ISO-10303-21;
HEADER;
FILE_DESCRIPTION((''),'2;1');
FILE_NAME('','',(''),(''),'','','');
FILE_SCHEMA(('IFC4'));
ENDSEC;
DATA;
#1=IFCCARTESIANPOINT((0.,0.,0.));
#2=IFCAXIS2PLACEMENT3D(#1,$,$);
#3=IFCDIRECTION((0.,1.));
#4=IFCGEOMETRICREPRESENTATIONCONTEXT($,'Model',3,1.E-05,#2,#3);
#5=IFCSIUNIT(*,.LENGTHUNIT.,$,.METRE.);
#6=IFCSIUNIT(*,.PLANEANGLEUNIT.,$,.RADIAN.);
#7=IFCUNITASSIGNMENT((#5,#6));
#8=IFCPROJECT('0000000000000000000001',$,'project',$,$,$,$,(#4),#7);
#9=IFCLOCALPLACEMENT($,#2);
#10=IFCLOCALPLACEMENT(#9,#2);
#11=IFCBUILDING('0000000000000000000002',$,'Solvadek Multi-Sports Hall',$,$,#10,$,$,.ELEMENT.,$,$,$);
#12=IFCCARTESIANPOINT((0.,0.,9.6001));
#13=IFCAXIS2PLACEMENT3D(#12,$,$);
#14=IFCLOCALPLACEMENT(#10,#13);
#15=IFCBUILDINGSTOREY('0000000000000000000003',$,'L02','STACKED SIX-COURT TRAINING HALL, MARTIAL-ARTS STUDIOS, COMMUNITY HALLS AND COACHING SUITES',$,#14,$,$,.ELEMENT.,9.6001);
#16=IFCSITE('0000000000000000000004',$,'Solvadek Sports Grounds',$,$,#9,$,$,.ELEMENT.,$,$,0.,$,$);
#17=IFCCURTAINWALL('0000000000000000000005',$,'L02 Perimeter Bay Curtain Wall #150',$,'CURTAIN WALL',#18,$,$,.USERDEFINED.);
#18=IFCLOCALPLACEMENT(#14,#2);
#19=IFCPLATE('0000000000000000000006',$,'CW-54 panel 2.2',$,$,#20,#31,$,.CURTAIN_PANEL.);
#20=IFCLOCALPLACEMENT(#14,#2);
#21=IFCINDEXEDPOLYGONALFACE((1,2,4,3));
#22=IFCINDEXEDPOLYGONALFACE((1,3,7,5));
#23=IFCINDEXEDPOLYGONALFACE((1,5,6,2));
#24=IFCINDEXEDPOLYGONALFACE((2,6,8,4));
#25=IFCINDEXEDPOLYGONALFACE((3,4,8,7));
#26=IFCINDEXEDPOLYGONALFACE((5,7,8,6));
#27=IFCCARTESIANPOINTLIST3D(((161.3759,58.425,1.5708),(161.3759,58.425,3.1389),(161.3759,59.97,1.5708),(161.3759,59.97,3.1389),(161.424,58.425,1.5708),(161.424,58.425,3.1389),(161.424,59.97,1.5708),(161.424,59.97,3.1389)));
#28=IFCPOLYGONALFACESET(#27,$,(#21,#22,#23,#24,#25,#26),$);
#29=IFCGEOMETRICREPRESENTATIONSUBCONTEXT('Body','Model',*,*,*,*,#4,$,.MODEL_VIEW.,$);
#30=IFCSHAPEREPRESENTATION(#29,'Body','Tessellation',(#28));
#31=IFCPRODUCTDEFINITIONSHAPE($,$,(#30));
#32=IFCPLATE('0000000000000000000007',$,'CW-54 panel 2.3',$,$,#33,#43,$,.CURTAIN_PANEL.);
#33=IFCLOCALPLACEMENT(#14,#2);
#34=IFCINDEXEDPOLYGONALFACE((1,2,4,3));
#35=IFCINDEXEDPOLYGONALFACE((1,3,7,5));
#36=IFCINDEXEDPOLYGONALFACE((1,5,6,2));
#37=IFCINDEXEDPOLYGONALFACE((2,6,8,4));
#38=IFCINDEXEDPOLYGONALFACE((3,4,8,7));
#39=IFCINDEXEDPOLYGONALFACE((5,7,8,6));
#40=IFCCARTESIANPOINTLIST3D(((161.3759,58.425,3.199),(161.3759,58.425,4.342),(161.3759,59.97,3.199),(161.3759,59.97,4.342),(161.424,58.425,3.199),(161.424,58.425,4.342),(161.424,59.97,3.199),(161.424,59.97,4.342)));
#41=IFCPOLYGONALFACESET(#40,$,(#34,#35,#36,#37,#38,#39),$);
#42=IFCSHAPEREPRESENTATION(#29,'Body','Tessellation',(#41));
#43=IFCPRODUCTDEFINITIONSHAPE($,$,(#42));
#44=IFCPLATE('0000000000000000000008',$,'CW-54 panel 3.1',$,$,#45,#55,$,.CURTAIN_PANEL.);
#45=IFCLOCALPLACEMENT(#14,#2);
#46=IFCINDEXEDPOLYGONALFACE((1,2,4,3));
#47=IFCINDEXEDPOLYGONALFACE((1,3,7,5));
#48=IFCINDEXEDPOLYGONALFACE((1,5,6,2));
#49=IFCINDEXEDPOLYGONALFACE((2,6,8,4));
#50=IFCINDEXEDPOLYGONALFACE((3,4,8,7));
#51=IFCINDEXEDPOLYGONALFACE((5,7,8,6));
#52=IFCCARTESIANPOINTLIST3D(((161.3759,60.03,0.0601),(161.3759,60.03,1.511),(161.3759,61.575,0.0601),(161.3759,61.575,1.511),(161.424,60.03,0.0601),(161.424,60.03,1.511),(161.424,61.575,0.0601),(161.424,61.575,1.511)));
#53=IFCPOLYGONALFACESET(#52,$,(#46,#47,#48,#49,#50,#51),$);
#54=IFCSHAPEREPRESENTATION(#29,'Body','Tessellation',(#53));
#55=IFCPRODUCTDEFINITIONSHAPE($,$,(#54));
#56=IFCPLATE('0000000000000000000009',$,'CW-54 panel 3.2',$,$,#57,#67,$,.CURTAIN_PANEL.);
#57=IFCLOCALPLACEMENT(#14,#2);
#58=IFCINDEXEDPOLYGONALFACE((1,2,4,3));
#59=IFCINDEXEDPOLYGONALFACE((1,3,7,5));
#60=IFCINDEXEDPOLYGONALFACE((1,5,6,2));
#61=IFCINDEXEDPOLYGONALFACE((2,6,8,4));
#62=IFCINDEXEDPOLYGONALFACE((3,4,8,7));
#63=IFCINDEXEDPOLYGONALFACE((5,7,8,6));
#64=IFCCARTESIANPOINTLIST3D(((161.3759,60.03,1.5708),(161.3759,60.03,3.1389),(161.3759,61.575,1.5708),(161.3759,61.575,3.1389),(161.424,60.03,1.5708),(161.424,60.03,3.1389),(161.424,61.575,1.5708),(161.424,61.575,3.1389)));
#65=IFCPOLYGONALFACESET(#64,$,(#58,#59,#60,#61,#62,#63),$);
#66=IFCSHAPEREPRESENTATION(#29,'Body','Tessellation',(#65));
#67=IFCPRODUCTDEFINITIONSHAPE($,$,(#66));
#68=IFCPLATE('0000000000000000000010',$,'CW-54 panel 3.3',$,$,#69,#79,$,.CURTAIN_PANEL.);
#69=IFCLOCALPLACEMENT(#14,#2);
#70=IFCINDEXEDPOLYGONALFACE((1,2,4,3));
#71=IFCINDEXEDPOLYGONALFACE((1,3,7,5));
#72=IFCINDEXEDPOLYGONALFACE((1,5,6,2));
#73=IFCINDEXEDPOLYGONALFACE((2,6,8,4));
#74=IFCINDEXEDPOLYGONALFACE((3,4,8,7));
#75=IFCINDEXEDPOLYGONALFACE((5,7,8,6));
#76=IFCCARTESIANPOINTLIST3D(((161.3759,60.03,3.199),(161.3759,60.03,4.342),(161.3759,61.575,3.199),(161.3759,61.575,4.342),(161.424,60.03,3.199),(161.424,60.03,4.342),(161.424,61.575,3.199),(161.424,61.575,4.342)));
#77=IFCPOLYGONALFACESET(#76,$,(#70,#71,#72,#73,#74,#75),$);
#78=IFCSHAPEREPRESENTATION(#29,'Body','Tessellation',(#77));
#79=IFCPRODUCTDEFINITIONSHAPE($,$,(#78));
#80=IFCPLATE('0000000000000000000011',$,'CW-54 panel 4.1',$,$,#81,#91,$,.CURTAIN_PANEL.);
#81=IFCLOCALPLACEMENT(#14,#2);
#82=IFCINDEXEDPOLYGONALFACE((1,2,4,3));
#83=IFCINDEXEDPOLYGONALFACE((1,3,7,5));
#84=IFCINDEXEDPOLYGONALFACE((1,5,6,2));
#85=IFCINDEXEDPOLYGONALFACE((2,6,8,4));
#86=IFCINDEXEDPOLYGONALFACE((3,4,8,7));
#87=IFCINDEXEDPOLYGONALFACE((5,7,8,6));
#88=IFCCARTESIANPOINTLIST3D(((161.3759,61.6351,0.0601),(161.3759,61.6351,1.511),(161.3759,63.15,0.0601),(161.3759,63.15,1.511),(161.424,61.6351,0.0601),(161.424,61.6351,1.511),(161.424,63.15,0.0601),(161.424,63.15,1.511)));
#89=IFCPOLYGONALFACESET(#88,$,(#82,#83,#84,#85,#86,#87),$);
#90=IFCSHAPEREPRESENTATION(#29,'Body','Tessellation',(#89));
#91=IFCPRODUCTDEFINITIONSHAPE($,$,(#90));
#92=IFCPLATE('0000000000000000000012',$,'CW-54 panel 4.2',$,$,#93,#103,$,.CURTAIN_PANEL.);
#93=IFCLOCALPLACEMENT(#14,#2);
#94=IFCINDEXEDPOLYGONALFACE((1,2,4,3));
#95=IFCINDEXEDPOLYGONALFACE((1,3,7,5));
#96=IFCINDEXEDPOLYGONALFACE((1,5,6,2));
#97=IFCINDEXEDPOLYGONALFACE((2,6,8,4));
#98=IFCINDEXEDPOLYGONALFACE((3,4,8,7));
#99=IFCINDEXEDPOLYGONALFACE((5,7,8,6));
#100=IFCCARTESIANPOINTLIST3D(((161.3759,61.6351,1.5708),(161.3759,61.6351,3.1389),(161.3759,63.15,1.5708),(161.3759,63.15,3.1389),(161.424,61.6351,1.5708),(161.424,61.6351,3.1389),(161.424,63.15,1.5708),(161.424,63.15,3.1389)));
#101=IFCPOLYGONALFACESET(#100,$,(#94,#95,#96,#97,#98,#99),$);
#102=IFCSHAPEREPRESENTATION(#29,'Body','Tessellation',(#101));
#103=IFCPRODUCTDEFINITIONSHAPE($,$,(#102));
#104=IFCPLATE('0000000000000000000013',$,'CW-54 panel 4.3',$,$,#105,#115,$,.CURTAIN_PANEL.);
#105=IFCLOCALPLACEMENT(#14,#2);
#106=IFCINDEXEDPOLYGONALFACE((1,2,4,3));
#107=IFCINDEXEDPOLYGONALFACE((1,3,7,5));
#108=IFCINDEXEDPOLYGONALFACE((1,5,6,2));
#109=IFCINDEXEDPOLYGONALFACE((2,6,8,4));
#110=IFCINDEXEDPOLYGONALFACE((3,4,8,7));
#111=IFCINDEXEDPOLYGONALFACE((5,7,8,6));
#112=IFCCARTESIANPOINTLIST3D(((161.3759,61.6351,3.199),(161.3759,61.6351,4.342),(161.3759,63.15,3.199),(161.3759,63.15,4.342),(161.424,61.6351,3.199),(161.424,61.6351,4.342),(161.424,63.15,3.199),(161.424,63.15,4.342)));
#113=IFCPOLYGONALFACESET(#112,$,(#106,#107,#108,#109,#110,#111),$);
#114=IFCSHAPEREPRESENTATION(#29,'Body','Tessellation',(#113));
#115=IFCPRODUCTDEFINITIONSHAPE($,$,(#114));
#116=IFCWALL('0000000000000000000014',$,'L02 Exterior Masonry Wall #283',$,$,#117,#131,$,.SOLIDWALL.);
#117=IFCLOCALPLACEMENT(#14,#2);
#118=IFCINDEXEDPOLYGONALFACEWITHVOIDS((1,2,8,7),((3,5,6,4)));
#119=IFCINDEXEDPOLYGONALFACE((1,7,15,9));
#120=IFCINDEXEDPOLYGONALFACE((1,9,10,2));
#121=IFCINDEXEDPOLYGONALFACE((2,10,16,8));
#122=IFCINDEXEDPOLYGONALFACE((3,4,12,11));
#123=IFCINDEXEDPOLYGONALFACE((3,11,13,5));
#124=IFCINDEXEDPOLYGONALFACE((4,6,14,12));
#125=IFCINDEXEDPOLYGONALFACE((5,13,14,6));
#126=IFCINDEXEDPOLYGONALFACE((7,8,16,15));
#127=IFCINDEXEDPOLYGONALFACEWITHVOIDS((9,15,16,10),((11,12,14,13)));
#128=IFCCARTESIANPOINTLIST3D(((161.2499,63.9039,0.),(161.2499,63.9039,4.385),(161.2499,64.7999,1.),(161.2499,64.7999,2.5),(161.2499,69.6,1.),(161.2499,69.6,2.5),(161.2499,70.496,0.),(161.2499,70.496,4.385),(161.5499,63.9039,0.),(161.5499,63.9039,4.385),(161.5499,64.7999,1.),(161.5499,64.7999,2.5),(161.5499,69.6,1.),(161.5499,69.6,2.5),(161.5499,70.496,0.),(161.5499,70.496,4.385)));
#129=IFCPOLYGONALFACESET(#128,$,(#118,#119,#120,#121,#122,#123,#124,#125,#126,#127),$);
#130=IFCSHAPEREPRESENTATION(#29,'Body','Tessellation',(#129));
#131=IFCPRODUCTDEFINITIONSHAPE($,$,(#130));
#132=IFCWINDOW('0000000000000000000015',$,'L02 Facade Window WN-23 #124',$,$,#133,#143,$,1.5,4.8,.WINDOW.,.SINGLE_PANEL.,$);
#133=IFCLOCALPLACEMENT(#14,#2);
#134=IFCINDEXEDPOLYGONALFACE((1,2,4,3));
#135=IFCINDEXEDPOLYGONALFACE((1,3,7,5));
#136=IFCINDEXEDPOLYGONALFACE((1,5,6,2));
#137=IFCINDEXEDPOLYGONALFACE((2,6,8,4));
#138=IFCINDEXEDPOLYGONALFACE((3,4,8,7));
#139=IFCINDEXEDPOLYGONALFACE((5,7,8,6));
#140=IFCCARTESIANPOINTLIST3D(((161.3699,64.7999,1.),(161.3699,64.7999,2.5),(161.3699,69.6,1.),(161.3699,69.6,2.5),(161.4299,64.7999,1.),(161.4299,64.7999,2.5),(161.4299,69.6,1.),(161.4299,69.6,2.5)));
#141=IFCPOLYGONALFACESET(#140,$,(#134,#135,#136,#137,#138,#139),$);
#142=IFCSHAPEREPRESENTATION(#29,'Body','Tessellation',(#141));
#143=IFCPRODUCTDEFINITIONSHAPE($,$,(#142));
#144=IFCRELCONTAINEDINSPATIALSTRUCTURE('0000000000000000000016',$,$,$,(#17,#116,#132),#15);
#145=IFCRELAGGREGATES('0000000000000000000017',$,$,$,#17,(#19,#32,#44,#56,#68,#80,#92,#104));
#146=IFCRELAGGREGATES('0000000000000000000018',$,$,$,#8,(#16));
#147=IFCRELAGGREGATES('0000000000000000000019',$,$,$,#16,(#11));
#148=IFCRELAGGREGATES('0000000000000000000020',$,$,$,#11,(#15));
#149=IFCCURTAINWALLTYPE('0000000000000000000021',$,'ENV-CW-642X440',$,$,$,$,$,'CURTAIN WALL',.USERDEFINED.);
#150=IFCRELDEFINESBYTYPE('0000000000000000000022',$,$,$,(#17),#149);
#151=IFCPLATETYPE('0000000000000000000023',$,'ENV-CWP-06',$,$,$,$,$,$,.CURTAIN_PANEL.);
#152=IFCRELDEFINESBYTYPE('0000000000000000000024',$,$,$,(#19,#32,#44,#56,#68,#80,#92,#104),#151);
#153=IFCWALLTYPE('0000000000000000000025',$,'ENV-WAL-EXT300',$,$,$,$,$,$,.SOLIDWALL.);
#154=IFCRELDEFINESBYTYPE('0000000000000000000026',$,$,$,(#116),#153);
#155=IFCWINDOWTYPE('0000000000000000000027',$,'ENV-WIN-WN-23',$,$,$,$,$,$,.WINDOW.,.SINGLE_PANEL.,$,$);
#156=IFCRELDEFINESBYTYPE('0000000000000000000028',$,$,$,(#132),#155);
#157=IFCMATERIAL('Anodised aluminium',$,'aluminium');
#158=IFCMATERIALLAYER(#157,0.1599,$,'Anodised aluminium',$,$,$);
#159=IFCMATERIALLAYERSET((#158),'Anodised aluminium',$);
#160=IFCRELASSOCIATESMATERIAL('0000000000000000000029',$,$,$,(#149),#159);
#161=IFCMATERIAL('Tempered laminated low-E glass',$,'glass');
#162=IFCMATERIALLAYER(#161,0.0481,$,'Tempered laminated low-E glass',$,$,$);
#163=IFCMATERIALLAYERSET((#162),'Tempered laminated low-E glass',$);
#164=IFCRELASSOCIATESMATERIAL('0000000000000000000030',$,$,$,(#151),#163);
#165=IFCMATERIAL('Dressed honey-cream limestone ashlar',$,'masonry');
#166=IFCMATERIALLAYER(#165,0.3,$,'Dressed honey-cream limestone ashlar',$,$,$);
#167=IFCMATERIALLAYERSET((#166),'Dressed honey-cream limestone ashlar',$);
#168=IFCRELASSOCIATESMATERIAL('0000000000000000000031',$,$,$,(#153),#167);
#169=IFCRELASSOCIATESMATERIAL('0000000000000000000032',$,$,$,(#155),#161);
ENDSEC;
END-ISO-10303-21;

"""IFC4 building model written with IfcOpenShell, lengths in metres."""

from ifc_helpers import new_model, si_unit, direction, frame, frame_2d, origin, origin_2d, place, context, subcontext, project, spatial, rectangle, extrude, material, layer, layer_set, type_object, element, fill, aggregate, save


model = new_model("IFC4")

# Units and contexts
model_context = context("Model", 3, precision=1e-05, world=origin(), true_north=direction((0.0, 1.0)))
body_context = subcontext(model_context, "Body", "Model", "MODEL_VIEW")
ifc_project = project(units=[si_unit("LENGTHUNIT", "METRE"), si_unit("PLANEANGLEUNIT", "RADIAN")], contexts=[model_context])

# Site, building, storey
site_placement = place(None, origin())
site = spatial("IfcSite", under=ifc_project, at=site_placement, Name="Solvadek Sports Grounds", CompositionType="ELEMENT", RefElevation=0.0)
building_placement = place(site_placement, origin())
building = spatial("IfcBuilding", under=site, at=building_placement, Name="Solvadek Multi-Sports Hall", CompositionType="ELEMENT")
storey_placement = place(building_placement, frame((0.0, 0.0, 9.6001)))
storey = spatial("IfcBuildingStorey", under=building, at=storey_placement, Name="L02", Description="STACKED SIX-COURT TRAINING HALL, MARTIAL-ARTS STUDIOS, COMMUNITY HALLS AND COACHING SUITES", CompositionType="ELEMENT", Elevation=9.6001)

# Curtain wall
ifc_material_1 = material(Name="Anodised aluminium", Category="aluminium")
ifc_layer_1 = layer(ifc_material_1, 0.1599, Name="Anodised aluminium")
ifc_layer_set_1 = layer_set([ifc_layer_1], Name="Anodised aluminium")
curtain_wall_type = type_object("IfcCurtainWallType", Name="ENV-CW-642X440", ElementType="CURTAIN WALL", PredefinedType="USERDEFINED", material=ifc_layer_set_1)
curtain_wall_placement = place(storey_placement, origin())
curtain_wall = element("IfcCurtainWall", 1, at=curtain_wall_placement, inside=storey, type_object=curtain_wall_type, Name="L02 Perimeter Bay Curtain Wall #150", ObjectType="CURTAIN WALL", PredefinedType="USERDEFINED")

# Plates
ifc_material_2 = material(Name="Tempered laminated low-E glass", Category="glass")
ifc_layer_2 = layer(ifc_material_2, 0.0481, Name="Tempered laminated low-E glass")
ifc_layer_set_2 = layer_set([ifc_layer_2], Name="Tempered laminated low-E glass")
plate_type = type_object("IfcPlateType", Name="ENV-CWP-06", PredefinedType="CURTAIN_PANEL", material=ifc_layer_set_2)
plate_1_placement = place(storey_placement, frame((161.3999, 59.1975, 1.5708), z_axis=(0.0, 0.0, 1.0), x_axis=(0.0, 1.0, 0.0)))
plate_1 = element("IfcPlate", 2, at=plate_1_placement, type_object=plate_type, Name="CW-54 panel 2.2", PredefinedType="CURTAIN_PANEL", context=body_context, shape_type="SweptSolid", body=[
    extrude(rectangle(XDim=1.5449, YDim=0.0481, at=origin_2d()), origin(), (0.0, 0.0, 1.0), 1.5681),
])
plate_2_placement = place(storey_placement, frame((161.3999, 59.1975, 3.199), z_axis=(0.0, 0.0, 1.0), x_axis=(0.0, 1.0, 0.0)))
plate_2 = element("IfcPlate", 3, at=plate_2_placement, type_object=plate_type, Name="CW-54 panel 2.3", PredefinedType="CURTAIN_PANEL", context=body_context, shape_type="SweptSolid", body=[
    extrude(rectangle(XDim=1.5449, YDim=0.0481, at=origin_2d()), origin(), (0.0, 0.0, 1.0), 1.1431),
])
plate_3_placement = place(storey_placement, frame((161.3999, 60.8025, 0.0601), z_axis=(0.0, 0.0, 1.0), x_axis=(0.0, 1.0, 0.0)))
plate_3 = element("IfcPlate", 4, at=plate_3_placement, type_object=plate_type, Name="CW-54 panel 3.1", PredefinedType="CURTAIN_PANEL", context=body_context, shape_type="SweptSolid", body=[
    extrude(rectangle(XDim=1.5449, YDim=0.0481, at=origin_2d()), origin(), (0.0, 0.0, 1.0), 1.4509),
])
plate_4_placement = place(storey_placement, frame((161.3999, 60.8025, 1.5708), z_axis=(0.0, 0.0, 1.0), x_axis=(0.0, 1.0, 0.0)))
plate_4 = element("IfcPlate", 5, at=plate_4_placement, type_object=plate_type, Name="CW-54 panel 3.2", PredefinedType="CURTAIN_PANEL", context=body_context, shape_type="SweptSolid", body=[
    extrude(rectangle(XDim=1.5449, YDim=0.0481, at=origin_2d()), origin(), (0.0, 0.0, 1.0), 1.5681),
])
plate_5_placement = place(storey_placement, frame((161.3999, 60.8025, 3.199), z_axis=(0.0, 0.0, 1.0), x_axis=(0.0, 1.0, 0.0)))
plate_5 = element("IfcPlate", 6, at=plate_5_placement, type_object=plate_type, Name="CW-54 panel 3.3", PredefinedType="CURTAIN_PANEL", context=body_context, shape_type="SweptSolid", body=[
    extrude(rectangle(XDim=1.5449, YDim=0.0481, at=origin_2d()), origin(), (0.0, 0.0, 1.0), 1.1431),
])
plate_6_placement = place(storey_placement, frame((161.3999, 62.3926, 0.0601), z_axis=(0.0, 0.0, 1.0), x_axis=(0.0, 1.0, 0.0)))
plate_6 = element("IfcPlate", 7, at=plate_6_placement, type_object=plate_type, Name="CW-54 panel 4.1", PredefinedType="CURTAIN_PANEL", context=body_context, shape_type="SweptSolid", body=[
    extrude(rectangle(XDim=1.5149, YDim=0.0481, at=origin_2d()), origin(), (0.0, 0.0, 1.0), 1.4509),
])
plate_7_placement = place(storey_placement, frame((161.3999, 62.3926, 1.5708), z_axis=(0.0, 0.0, 1.0), x_axis=(0.0, 1.0, 0.0)))
plate_7 = element("IfcPlate", 8, at=plate_7_placement, type_object=plate_type, Name="CW-54 panel 4.2", PredefinedType="CURTAIN_PANEL", context=body_context, shape_type="SweptSolid", body=[
    extrude(rectangle(XDim=1.5149, YDim=0.0481, at=origin_2d()), origin(), (0.0, 0.0, 1.0), 1.5681),
])
plate_8_placement = place(storey_placement, frame((161.3999, 62.3926, 3.199), z_axis=(0.0, 0.0, 1.0), x_axis=(0.0, 1.0, 0.0)))
plate_8 = element("IfcPlate", 9, at=plate_8_placement, type_object=plate_type, Name="CW-54 panel 4.3", PredefinedType="CURTAIN_PANEL", context=body_context, shape_type="SweptSolid", body=[
    extrude(rectangle(XDim=1.5149, YDim=0.0481, at=origin_2d()), origin(), (0.0, 0.0, 1.0), 1.1431),
])
aggregate(curtain_wall, [plate_1, plate_2, plate_3, plate_4, plate_5, plate_6, plate_7, plate_8])

# Wall, opening, window
ifc_material_3 = material(Name="Dressed honey-cream limestone ashlar", Category="masonry")
ifc_layer_3 = layer(ifc_material_3, 0.3, Name="Dressed honey-cream limestone ashlar")
ifc_layer_set_3 = layer_set([ifc_layer_3], Name="Dressed honey-cream limestone ashlar")
wall_type = type_object("IfcWallType", Name="ENV-WAL-EXT300", PredefinedType="SOLIDWALL", material=ifc_layer_set_3)
wall_placement = place(storey_placement, frame((161.3999, 63.9041, 0.0), z_axis=(0.0, 0.0, 1.0), x_axis=(0.0, 1.0, 0.0)))
wall = element("IfcWall", 10, at=wall_placement, inside=storey, type_object=wall_type, Name="L02 Exterior Masonry Wall #283", PredefinedType="SOLIDWALL", context=body_context, shape_type="SweptSolid", body=[
    extrude(rectangle(XDim=6.592, YDim=0.3, at=frame_2d((3.2959, 0.0))), origin(), (0.0, 0.0, 1.0), 4.385),
])
opening_placement = place(wall_placement, frame((0.896, 0.0, 1.0)))
opening = element("IfcOpeningElement", 11, at=opening_placement, cuts=wall, PredefinedType="OPENING", context=body_context, shape_type="SweptSolid", body=[
    extrude(rectangle(XDim=4.8, YDim=1.5, at=frame_2d((2.3999, 0.75))), frame((0.0, 0.1599, 0.0), z_axis=(0.0, -1.0, 0.0), x_axis=(1.0, 0.0, 0.0)), (0.0, 0.0, 1.0), 0.3201),
])
window_type = type_object("IfcWindowType", Name="ENV-WIN-WN-23", PartitioningType="SINGLE_PANEL", PredefinedType="WINDOW", material=ifc_material_2)
window_placement = place(opening_placement, origin())
window = element("IfcWindow", 12, at=window_placement, inside=storey, type_object=window_type, Name="L02 Facade Window WN-23 #124", OverallHeight=1.5, OverallWidth=4.8, PartitioningType="SINGLE_PANEL", PredefinedType="WINDOW", context=body_context, shape_type="SweptSolid", body=[
    extrude(rectangle(XDim=4.8, YDim=1.5, at=frame_2d((2.3999, 0.75))), frame((0.0, 0.03, 0.0), z_axis=(0.0, -1.0, 0.0), x_axis=(1.0, 0.0, 0.0)), (0.0, 0.0, 1.0), 0.0601),
])
fill(opening, window)

save(model, "model.ifc")
